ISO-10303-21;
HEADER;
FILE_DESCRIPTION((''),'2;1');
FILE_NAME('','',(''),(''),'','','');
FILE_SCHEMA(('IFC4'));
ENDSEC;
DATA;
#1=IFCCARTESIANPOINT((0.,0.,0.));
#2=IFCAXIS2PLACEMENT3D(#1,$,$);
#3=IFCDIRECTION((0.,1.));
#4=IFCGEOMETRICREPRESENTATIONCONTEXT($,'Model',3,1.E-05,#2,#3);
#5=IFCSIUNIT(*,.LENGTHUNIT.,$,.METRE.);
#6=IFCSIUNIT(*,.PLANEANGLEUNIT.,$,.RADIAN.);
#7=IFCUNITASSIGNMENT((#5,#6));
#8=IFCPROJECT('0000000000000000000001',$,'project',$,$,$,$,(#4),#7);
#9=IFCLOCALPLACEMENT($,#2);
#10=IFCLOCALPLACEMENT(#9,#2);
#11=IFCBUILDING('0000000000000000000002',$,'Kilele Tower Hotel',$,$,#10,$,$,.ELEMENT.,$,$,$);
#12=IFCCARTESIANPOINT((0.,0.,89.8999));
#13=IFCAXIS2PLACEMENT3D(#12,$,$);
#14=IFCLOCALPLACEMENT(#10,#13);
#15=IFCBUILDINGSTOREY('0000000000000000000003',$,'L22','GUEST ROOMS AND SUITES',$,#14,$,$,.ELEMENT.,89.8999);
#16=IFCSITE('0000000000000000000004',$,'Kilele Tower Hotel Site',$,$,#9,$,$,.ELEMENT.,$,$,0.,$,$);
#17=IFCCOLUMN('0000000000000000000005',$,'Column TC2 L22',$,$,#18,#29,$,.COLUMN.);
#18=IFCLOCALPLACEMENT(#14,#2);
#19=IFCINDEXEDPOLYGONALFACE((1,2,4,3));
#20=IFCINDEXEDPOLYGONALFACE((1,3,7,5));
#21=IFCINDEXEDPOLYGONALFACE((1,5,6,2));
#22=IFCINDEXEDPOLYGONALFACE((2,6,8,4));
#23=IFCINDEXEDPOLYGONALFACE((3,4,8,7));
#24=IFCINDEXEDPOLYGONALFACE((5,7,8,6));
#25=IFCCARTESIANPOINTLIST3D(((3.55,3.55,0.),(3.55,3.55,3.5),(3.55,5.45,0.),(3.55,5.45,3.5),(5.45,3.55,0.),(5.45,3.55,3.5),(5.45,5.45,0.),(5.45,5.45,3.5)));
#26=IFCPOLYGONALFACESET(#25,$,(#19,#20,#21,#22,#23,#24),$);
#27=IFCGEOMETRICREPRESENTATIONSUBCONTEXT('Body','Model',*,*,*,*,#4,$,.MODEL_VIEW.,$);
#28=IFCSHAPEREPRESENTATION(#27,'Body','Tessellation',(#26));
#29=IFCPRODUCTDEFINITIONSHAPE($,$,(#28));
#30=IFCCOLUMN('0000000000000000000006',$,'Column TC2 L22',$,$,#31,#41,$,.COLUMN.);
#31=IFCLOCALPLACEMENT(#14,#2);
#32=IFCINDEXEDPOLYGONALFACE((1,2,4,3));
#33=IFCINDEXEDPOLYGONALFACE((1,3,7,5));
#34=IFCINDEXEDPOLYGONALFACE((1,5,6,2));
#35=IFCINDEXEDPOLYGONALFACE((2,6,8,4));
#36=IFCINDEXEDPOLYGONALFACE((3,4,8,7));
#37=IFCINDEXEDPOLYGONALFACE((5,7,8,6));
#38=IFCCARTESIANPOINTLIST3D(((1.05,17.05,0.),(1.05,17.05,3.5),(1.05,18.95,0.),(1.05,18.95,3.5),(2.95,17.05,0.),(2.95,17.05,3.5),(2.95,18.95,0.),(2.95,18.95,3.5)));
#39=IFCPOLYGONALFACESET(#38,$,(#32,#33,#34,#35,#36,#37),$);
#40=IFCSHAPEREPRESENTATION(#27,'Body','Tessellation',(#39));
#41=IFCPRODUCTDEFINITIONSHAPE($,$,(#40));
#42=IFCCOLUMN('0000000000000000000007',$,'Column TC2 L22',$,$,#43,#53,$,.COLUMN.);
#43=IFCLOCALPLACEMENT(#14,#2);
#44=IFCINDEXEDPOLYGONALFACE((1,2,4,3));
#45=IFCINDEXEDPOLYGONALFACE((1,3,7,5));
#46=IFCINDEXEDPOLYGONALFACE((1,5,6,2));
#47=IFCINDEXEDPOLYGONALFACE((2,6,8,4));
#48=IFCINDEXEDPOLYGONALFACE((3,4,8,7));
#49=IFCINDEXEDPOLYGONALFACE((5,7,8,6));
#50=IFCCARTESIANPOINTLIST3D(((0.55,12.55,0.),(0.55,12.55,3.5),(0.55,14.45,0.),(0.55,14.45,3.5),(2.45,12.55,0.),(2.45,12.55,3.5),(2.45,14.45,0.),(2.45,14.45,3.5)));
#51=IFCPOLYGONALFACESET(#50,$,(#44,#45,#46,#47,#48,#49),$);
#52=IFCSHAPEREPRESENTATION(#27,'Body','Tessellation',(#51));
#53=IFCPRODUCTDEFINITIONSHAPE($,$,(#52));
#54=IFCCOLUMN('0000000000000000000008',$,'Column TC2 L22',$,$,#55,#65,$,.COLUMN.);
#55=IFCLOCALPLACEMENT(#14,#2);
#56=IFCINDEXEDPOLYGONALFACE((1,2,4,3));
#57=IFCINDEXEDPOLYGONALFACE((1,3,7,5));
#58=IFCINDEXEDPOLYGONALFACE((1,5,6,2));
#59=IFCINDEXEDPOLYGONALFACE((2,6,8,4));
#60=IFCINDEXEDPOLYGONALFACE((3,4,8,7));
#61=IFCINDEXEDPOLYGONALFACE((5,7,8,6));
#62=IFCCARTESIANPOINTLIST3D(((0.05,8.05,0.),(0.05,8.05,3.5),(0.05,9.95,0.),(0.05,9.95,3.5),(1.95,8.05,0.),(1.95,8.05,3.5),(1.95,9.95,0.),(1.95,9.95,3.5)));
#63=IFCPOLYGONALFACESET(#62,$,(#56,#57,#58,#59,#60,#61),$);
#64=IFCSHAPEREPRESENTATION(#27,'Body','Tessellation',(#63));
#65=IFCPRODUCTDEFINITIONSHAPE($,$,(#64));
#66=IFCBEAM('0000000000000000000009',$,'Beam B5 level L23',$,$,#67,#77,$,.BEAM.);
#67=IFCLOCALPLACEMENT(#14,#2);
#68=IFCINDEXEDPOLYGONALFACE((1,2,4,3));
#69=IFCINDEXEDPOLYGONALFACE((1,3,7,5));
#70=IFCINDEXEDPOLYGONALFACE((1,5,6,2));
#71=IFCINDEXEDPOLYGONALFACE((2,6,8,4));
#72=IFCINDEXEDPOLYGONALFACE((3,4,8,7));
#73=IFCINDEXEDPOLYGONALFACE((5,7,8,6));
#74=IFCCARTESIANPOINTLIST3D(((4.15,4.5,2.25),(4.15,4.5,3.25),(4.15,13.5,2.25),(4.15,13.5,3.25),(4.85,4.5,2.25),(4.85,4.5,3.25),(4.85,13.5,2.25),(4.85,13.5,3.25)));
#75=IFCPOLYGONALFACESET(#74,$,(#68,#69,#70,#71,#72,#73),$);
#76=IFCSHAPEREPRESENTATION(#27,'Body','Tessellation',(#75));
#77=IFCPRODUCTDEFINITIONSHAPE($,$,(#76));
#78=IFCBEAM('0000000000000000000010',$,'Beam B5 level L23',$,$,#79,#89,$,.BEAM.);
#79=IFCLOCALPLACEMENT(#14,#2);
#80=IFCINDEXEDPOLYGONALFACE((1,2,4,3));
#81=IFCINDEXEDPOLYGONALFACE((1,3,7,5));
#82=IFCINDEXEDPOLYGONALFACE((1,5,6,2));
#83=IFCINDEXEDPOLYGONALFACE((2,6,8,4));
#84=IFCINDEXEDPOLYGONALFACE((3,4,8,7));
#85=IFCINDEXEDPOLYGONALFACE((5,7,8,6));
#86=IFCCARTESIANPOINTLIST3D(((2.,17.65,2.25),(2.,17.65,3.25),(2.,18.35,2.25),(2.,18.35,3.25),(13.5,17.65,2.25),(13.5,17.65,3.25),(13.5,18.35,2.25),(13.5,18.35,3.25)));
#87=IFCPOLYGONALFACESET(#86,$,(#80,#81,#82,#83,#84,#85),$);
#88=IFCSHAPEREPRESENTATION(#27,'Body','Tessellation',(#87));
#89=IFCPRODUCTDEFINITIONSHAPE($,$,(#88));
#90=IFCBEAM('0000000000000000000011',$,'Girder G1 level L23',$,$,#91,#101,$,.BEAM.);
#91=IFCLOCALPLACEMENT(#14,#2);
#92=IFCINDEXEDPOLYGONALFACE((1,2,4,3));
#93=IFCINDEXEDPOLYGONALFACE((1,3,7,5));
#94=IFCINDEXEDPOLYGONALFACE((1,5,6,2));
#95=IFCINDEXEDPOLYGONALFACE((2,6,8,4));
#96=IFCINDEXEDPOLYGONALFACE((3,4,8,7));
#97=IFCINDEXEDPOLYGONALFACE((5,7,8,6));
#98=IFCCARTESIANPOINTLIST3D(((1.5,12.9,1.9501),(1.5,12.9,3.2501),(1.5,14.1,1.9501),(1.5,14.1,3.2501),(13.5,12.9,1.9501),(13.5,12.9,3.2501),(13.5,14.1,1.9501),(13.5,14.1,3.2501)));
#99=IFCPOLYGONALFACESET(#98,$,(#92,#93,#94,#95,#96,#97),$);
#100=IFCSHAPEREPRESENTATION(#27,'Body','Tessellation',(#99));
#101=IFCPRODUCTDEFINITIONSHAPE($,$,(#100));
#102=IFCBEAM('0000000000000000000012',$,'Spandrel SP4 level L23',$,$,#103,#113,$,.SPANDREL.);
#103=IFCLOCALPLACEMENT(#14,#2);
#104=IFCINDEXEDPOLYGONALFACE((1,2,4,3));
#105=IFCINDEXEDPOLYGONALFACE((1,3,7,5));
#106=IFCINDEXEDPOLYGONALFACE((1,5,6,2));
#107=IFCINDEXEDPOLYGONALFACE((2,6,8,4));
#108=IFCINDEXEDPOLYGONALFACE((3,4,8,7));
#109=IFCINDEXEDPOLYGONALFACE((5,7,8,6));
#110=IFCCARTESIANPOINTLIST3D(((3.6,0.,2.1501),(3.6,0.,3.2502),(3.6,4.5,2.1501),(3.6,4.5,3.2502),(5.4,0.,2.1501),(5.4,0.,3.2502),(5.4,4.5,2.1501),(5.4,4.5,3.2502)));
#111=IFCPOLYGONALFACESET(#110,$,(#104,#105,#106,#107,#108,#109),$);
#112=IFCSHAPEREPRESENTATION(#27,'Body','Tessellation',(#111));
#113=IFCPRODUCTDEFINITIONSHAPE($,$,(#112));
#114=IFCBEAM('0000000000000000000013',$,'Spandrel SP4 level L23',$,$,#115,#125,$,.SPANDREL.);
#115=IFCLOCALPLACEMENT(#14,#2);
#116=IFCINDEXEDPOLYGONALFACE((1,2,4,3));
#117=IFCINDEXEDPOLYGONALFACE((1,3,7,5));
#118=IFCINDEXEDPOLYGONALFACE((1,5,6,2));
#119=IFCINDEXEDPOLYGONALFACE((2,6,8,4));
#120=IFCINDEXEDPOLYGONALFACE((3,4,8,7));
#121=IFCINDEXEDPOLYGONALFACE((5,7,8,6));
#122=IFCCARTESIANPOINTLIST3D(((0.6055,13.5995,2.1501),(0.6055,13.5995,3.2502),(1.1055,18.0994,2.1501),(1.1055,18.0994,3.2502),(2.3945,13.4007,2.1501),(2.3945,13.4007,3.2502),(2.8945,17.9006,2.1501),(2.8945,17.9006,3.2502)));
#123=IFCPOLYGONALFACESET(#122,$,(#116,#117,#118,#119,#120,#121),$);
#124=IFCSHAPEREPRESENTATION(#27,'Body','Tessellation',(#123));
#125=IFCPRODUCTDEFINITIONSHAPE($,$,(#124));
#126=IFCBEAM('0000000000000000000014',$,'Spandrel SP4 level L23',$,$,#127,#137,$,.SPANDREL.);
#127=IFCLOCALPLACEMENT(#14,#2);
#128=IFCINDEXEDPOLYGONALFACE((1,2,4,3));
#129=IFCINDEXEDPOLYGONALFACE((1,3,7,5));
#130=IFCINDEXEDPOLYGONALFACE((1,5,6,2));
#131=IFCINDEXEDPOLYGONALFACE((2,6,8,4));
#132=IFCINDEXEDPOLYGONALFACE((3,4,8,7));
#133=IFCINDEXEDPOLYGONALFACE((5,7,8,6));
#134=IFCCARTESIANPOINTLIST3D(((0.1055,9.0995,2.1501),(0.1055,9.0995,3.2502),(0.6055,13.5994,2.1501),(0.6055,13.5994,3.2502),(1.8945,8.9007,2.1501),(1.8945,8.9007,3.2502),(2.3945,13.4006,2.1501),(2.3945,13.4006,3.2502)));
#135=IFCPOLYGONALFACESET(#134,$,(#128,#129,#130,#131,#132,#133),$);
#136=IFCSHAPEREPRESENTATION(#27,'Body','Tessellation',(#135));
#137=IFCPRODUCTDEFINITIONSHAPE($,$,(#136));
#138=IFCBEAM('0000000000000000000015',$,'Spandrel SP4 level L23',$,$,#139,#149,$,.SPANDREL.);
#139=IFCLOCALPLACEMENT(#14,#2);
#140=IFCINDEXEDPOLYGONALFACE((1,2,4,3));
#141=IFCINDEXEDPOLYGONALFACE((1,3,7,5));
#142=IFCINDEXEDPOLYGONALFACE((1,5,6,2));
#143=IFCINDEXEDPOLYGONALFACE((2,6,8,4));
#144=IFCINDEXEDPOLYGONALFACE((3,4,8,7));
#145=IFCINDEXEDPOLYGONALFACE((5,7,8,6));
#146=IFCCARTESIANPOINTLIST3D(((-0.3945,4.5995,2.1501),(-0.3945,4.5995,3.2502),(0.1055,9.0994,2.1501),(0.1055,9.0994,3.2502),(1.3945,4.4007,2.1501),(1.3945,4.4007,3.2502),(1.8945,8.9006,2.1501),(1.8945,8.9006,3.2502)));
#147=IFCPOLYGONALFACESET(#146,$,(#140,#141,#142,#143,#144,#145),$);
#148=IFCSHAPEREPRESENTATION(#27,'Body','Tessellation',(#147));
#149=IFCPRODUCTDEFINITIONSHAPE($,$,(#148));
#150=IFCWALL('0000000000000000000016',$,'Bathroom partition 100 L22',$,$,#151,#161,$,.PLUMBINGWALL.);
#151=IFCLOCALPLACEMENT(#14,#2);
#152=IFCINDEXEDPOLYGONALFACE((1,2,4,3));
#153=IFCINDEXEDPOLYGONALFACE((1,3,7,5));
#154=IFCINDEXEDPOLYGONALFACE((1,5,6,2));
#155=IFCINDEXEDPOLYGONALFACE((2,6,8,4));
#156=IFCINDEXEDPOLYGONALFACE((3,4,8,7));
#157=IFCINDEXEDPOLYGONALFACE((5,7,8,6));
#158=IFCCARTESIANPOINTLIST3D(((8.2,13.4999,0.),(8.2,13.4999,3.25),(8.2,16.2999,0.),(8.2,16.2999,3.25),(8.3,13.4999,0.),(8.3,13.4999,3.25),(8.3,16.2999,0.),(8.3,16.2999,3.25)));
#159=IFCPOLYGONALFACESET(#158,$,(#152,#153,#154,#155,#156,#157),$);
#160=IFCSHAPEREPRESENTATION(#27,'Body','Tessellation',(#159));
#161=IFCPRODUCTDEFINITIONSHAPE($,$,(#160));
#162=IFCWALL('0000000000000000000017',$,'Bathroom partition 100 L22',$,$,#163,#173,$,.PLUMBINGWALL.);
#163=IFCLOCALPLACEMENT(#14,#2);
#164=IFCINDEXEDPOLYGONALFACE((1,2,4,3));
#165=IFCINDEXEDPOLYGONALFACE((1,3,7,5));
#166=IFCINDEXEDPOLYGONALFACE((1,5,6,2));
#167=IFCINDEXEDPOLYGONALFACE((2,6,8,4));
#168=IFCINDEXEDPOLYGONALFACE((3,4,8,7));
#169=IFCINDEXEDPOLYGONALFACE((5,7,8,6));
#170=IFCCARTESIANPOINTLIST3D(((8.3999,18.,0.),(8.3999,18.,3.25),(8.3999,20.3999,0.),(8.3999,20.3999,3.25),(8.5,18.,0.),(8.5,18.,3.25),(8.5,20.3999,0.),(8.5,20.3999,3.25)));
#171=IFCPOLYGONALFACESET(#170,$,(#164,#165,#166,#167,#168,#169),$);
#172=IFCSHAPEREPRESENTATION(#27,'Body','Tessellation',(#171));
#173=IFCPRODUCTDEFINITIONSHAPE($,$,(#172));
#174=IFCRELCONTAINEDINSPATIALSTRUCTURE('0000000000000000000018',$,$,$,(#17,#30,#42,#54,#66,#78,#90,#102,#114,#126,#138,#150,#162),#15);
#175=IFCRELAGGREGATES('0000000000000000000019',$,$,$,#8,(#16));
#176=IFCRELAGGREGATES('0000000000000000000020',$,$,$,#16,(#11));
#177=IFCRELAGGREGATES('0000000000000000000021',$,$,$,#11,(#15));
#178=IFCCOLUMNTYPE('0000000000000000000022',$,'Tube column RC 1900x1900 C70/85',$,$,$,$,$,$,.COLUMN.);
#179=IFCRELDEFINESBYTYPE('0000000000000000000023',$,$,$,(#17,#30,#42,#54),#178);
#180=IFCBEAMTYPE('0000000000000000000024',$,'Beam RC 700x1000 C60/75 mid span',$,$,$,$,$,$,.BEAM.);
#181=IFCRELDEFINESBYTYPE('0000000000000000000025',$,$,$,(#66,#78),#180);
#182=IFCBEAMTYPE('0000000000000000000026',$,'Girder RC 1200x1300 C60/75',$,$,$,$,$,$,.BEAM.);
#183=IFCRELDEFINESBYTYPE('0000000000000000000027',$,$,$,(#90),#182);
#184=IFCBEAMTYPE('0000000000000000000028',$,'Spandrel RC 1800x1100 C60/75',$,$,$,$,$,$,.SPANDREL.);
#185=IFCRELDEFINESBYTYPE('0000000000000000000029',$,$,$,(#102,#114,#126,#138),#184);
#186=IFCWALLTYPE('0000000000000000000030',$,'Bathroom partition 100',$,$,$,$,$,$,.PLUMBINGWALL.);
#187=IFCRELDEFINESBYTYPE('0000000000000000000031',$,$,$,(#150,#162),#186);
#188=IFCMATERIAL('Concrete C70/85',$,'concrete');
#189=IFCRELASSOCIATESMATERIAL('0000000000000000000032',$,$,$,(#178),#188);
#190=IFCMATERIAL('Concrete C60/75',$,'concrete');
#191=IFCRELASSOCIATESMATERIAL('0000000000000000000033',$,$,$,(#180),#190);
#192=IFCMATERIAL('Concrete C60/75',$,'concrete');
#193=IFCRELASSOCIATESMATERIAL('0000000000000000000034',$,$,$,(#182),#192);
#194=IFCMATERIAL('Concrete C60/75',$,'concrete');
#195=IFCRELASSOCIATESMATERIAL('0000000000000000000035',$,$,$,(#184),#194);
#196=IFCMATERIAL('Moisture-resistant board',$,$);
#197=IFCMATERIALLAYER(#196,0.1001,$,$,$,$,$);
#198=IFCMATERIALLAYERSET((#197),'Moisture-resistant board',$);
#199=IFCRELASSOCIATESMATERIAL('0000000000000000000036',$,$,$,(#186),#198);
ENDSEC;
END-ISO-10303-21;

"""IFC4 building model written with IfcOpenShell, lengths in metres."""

from ifc_helpers import new_model, si_unit, direction, frame, frame_2d, origin, origin_2d, place, context, subcontext, project, spatial, rectangle, extrude, material, layer, layer_set, material_profile, profile_set, type_object, element, save


model = new_model("IFC4")

# Units and contexts
model_context = context("Model", 3, precision=1e-05, world=origin(), true_north=direction((0.0, 1.0)))
body_context = subcontext(model_context, "Body", "Model", "MODEL_VIEW")
ifc_project = project(units=[si_unit("LENGTHUNIT", "METRE"), si_unit("PLANEANGLEUNIT", "RADIAN")], contexts=[model_context])

# Site, building, storey
site_placement = place(None, origin())
site = spatial("IfcSite", under=ifc_project, at=site_placement, Name="Kilele Tower Hotel Site", CompositionType="ELEMENT", RefElevation=0.0)
building_placement = place(site_placement, origin())
building = spatial("IfcBuilding", under=site, at=building_placement, Name="Kilele Tower Hotel", CompositionType="ELEMENT")
storey_placement = place(building_placement, frame((0.0, 0.0, 89.8999)))
storey = spatial("IfcBuildingStorey", under=building, at=storey_placement, Name="L22", Description="GUEST ROOMS AND SUITES", CompositionType="ELEMENT", Elevation=89.8999)

# Columns
ifc_material_1 = material(Name="Concrete C70/85", Category="concrete")
ifc_material_profile_1 = material_profile(ifc_material_1, rectangle(XDim=1.8999, YDim=1.8999, at=origin_2d()))
ifc_profile_set_1 = profile_set([ifc_material_profile_1], Name="Concrete C70/85")
column_type = type_object("IfcColumnType", Name="Tube column RC 1900x1900 C70/85", PredefinedType="COLUMN", material=ifc_profile_set_1)
for number, where, z_axis, x_axis, name in (
    (1, (4.5, 4.5, 0.0), (0.0, 0.0, 1.0), (1.0, 0.0, 0.0), "Column TC2 L22"),
    (2, (2.0, 18.0, 0.0), (0.0, 0.0, 1.0), (1.0, 0.0, 0.0), "Column TC2 L22"),
    (3, (1.5, 13.5, 0.0), (0.0, 0.0, 1.0), (1.0, 0.0, 0.0), "Column TC2 L22"),
    (4, (1.0, 9.0, 0.0), (0.0, 0.0, 1.0), (1.0, 0.0, 0.0), "Column TC2 L22"),
):
    element("IfcColumn", number, at=place(storey_placement, frame(where, z_axis=z_axis, x_axis=x_axis)), inside=storey, type_object=column_type, Name=name, PredefinedType="COLUMN", context=body_context, shape_type="SweptSolid", body=[
        extrude(rectangle(XDim=1.8999, YDim=1.8999, at=origin_2d()), origin(), (0.0, 0.0, 1.0), 3.5),
    ])

# Beams
ifc_material_2 = material(Name="Concrete C60/75", Category="concrete")
ifc_material_profile_2 = material_profile(ifc_material_2, rectangle(XDim=0.7, YDim=1.0, at=origin_2d()))
ifc_profile_set_2 = profile_set([ifc_material_profile_2], Name="Concrete C60/75")
beam_type_1 = type_object("IfcBeamType", Name="Beam RC 700x1000 C60/75 mid span", PredefinedType="BEAM", material=ifc_profile_set_2)
beam_1_placement = place(storey_placement, frame((4.5, 4.5, 2.75), z_axis=(0.0, 1.0, 0.0), x_axis=(-1.0, 0.0, 0.0)))
element("IfcBeam", 5, at=beam_1_placement, inside=storey, type_object=beam_type_1, Name="Beam B5 level L23", PredefinedType="BEAM", context=body_context, shape_type="SweptSolid", body=[
    extrude(rectangle(XDim=0.7, YDim=1.0, at=origin_2d()), origin(), (0.0, 0.0, 1.0), 9.0),
])
beam_2_placement = place(storey_placement, frame((2.0, 18.0, 2.75), z_axis=(1.0, 0.0, 0.0), x_axis=(0.0, 1.0, 0.0)))
element("IfcBeam", 6, at=beam_2_placement, inside=storey, type_object=beam_type_1, Name="Beam B5 level L23", PredefinedType="BEAM", context=body_context, shape_type="SweptSolid", body=[
    extrude(rectangle(XDim=0.7, YDim=1.0, at=origin_2d()), origin(), (0.0, 0.0, 1.0), 11.5),
])
ifc_material_3 = material(Name="Concrete C60/75", Category="concrete")
ifc_material_profile_3 = material_profile(ifc_material_3, rectangle(XDim=1.2, YDim=1.3, at=origin_2d()))
ifc_profile_set_3 = profile_set([ifc_material_profile_3], Name="Concrete C60/75")
beam_type_2 = type_object("IfcBeamType", Name="Girder RC 1200x1300 C60/75", PredefinedType="BEAM", material=ifc_profile_set_3)
beam_3_placement = place(storey_placement, frame((1.5, 13.5, 2.6001), z_axis=(1.0, 0.0, 0.0), x_axis=(0.0, 1.0, 0.0)))
element("IfcBeam", 7, at=beam_3_placement, inside=storey, type_object=beam_type_2, Name="Girder G1 level L23", PredefinedType="BEAM", context=body_context, shape_type="SweptSolid", body=[
    extrude(rectangle(XDim=1.2, YDim=1.3, at=origin_2d()), origin(), (0.0, 0.0, 1.0), 12.0),
])
ifc_material_4 = material(Name="Concrete C60/75", Category="concrete")
ifc_material_profile_4 = material_profile(ifc_material_4, rectangle(XDim=1.8, YDim=1.1001, at=origin_2d()))
ifc_profile_set_4 = profile_set([ifc_material_profile_4], Name="Concrete C60/75")
beam_type_3 = type_object("IfcBeamType", Name="Spandrel RC 1800x1100 C60/75", PredefinedType="SPANDREL", material=ifc_profile_set_4)
beam_4_placement = place(storey_placement, frame((4.5, 4.5, 2.7002), z_axis=(0.0, -1.0, 0.0), x_axis=(1.0, 0.0, 0.0)))
element("IfcBeam", 8, at=beam_4_placement, inside=storey, type_object=beam_type_3, Name="Spandrel SP4 level L23", PredefinedType="SPANDREL", context=body_context, shape_type="SweptSolid", body=[
    extrude(rectangle(XDim=1.8, YDim=1.1001, at=origin_2d()), origin(), (0.0, 0.0, 1.0), 4.5),
])
for number, where, z_axis, x_axis, name in (
    (9, (2.0, 18.0, 2.7002), (-0.110432, -0.993884, 0.0), (0.993884, -0.110432, 0.0), "Spandrel SP4 level L23"),
    (10, (1.5, 13.5, 2.7002), (-0.110432, -0.993884, 0.0), (0.993884, -0.110432, 0.0), "Spandrel SP4 level L23"),
    (11, (1.0, 9.0, 2.7002), (-0.110432, -0.993884, 0.0), (0.993884, -0.110432, 0.0), "Spandrel SP4 level L23"),
):
    element("IfcBeam", number, at=place(storey_placement, frame(where, z_axis=z_axis, x_axis=x_axis)), inside=storey, type_object=beam_type_3, Name=name, PredefinedType="SPANDREL", context=body_context, shape_type="SweptSolid", body=[
        extrude(rectangle(XDim=1.8, YDim=1.1001, at=origin_2d()), origin(), (0.0, 0.0, 1.0), 4.5276),
    ])

# Walls
ifc_material_5 = material(Name="Moisture-resistant board")
ifc_layer_1 = layer(ifc_material_5, 0.1001)
ifc_layer_set_1 = layer_set([ifc_layer_1], Name="Moisture-resistant board")
wall_type_1 = type_object("IfcWallType", Name="Bathroom partition 100", PredefinedType="PLUMBINGWALL", material=ifc_layer_set_1)
wall_1_placement = place(storey_placement, frame((8.25, 13.5, 0.0), z_axis=(0.0, 0.0, 1.0), x_axis=(0.0, 1.0, 0.0)))
element("IfcWall", 12, at=wall_1_placement, inside=storey, type_object=wall_type_1, Name="Bathroom partition 100 L22", PredefinedType="PLUMBINGWALL", context=body_context, shape_type="SweptSolid", body=[
    extrude(rectangle(XDim=2.8, YDim=0.1001, at=frame_2d((1.3999, 0.0))), origin(), (0.0, 0.0, 1.0), 3.25),
])
wall_2_placement = place(storey_placement, frame((8.45, 18.0, 0.0), z_axis=(0.0, 0.0, 1.0), x_axis=(0.0, 1.0, 0.0)))
element("IfcWall", 13, at=wall_2_placement, inside=storey, type_object=wall_type_1, Name="Bathroom partition 100 L22", PredefinedType="PLUMBINGWALL", context=body_context, shape_type="SweptSolid", body=[
    extrude(rectangle(XDim=2.3999, YDim=0.1001, at=frame_2d((1.2, 0.0))), origin(), (0.0, 0.0, 1.0), 3.25),
])

save(model, "model.ifc")
